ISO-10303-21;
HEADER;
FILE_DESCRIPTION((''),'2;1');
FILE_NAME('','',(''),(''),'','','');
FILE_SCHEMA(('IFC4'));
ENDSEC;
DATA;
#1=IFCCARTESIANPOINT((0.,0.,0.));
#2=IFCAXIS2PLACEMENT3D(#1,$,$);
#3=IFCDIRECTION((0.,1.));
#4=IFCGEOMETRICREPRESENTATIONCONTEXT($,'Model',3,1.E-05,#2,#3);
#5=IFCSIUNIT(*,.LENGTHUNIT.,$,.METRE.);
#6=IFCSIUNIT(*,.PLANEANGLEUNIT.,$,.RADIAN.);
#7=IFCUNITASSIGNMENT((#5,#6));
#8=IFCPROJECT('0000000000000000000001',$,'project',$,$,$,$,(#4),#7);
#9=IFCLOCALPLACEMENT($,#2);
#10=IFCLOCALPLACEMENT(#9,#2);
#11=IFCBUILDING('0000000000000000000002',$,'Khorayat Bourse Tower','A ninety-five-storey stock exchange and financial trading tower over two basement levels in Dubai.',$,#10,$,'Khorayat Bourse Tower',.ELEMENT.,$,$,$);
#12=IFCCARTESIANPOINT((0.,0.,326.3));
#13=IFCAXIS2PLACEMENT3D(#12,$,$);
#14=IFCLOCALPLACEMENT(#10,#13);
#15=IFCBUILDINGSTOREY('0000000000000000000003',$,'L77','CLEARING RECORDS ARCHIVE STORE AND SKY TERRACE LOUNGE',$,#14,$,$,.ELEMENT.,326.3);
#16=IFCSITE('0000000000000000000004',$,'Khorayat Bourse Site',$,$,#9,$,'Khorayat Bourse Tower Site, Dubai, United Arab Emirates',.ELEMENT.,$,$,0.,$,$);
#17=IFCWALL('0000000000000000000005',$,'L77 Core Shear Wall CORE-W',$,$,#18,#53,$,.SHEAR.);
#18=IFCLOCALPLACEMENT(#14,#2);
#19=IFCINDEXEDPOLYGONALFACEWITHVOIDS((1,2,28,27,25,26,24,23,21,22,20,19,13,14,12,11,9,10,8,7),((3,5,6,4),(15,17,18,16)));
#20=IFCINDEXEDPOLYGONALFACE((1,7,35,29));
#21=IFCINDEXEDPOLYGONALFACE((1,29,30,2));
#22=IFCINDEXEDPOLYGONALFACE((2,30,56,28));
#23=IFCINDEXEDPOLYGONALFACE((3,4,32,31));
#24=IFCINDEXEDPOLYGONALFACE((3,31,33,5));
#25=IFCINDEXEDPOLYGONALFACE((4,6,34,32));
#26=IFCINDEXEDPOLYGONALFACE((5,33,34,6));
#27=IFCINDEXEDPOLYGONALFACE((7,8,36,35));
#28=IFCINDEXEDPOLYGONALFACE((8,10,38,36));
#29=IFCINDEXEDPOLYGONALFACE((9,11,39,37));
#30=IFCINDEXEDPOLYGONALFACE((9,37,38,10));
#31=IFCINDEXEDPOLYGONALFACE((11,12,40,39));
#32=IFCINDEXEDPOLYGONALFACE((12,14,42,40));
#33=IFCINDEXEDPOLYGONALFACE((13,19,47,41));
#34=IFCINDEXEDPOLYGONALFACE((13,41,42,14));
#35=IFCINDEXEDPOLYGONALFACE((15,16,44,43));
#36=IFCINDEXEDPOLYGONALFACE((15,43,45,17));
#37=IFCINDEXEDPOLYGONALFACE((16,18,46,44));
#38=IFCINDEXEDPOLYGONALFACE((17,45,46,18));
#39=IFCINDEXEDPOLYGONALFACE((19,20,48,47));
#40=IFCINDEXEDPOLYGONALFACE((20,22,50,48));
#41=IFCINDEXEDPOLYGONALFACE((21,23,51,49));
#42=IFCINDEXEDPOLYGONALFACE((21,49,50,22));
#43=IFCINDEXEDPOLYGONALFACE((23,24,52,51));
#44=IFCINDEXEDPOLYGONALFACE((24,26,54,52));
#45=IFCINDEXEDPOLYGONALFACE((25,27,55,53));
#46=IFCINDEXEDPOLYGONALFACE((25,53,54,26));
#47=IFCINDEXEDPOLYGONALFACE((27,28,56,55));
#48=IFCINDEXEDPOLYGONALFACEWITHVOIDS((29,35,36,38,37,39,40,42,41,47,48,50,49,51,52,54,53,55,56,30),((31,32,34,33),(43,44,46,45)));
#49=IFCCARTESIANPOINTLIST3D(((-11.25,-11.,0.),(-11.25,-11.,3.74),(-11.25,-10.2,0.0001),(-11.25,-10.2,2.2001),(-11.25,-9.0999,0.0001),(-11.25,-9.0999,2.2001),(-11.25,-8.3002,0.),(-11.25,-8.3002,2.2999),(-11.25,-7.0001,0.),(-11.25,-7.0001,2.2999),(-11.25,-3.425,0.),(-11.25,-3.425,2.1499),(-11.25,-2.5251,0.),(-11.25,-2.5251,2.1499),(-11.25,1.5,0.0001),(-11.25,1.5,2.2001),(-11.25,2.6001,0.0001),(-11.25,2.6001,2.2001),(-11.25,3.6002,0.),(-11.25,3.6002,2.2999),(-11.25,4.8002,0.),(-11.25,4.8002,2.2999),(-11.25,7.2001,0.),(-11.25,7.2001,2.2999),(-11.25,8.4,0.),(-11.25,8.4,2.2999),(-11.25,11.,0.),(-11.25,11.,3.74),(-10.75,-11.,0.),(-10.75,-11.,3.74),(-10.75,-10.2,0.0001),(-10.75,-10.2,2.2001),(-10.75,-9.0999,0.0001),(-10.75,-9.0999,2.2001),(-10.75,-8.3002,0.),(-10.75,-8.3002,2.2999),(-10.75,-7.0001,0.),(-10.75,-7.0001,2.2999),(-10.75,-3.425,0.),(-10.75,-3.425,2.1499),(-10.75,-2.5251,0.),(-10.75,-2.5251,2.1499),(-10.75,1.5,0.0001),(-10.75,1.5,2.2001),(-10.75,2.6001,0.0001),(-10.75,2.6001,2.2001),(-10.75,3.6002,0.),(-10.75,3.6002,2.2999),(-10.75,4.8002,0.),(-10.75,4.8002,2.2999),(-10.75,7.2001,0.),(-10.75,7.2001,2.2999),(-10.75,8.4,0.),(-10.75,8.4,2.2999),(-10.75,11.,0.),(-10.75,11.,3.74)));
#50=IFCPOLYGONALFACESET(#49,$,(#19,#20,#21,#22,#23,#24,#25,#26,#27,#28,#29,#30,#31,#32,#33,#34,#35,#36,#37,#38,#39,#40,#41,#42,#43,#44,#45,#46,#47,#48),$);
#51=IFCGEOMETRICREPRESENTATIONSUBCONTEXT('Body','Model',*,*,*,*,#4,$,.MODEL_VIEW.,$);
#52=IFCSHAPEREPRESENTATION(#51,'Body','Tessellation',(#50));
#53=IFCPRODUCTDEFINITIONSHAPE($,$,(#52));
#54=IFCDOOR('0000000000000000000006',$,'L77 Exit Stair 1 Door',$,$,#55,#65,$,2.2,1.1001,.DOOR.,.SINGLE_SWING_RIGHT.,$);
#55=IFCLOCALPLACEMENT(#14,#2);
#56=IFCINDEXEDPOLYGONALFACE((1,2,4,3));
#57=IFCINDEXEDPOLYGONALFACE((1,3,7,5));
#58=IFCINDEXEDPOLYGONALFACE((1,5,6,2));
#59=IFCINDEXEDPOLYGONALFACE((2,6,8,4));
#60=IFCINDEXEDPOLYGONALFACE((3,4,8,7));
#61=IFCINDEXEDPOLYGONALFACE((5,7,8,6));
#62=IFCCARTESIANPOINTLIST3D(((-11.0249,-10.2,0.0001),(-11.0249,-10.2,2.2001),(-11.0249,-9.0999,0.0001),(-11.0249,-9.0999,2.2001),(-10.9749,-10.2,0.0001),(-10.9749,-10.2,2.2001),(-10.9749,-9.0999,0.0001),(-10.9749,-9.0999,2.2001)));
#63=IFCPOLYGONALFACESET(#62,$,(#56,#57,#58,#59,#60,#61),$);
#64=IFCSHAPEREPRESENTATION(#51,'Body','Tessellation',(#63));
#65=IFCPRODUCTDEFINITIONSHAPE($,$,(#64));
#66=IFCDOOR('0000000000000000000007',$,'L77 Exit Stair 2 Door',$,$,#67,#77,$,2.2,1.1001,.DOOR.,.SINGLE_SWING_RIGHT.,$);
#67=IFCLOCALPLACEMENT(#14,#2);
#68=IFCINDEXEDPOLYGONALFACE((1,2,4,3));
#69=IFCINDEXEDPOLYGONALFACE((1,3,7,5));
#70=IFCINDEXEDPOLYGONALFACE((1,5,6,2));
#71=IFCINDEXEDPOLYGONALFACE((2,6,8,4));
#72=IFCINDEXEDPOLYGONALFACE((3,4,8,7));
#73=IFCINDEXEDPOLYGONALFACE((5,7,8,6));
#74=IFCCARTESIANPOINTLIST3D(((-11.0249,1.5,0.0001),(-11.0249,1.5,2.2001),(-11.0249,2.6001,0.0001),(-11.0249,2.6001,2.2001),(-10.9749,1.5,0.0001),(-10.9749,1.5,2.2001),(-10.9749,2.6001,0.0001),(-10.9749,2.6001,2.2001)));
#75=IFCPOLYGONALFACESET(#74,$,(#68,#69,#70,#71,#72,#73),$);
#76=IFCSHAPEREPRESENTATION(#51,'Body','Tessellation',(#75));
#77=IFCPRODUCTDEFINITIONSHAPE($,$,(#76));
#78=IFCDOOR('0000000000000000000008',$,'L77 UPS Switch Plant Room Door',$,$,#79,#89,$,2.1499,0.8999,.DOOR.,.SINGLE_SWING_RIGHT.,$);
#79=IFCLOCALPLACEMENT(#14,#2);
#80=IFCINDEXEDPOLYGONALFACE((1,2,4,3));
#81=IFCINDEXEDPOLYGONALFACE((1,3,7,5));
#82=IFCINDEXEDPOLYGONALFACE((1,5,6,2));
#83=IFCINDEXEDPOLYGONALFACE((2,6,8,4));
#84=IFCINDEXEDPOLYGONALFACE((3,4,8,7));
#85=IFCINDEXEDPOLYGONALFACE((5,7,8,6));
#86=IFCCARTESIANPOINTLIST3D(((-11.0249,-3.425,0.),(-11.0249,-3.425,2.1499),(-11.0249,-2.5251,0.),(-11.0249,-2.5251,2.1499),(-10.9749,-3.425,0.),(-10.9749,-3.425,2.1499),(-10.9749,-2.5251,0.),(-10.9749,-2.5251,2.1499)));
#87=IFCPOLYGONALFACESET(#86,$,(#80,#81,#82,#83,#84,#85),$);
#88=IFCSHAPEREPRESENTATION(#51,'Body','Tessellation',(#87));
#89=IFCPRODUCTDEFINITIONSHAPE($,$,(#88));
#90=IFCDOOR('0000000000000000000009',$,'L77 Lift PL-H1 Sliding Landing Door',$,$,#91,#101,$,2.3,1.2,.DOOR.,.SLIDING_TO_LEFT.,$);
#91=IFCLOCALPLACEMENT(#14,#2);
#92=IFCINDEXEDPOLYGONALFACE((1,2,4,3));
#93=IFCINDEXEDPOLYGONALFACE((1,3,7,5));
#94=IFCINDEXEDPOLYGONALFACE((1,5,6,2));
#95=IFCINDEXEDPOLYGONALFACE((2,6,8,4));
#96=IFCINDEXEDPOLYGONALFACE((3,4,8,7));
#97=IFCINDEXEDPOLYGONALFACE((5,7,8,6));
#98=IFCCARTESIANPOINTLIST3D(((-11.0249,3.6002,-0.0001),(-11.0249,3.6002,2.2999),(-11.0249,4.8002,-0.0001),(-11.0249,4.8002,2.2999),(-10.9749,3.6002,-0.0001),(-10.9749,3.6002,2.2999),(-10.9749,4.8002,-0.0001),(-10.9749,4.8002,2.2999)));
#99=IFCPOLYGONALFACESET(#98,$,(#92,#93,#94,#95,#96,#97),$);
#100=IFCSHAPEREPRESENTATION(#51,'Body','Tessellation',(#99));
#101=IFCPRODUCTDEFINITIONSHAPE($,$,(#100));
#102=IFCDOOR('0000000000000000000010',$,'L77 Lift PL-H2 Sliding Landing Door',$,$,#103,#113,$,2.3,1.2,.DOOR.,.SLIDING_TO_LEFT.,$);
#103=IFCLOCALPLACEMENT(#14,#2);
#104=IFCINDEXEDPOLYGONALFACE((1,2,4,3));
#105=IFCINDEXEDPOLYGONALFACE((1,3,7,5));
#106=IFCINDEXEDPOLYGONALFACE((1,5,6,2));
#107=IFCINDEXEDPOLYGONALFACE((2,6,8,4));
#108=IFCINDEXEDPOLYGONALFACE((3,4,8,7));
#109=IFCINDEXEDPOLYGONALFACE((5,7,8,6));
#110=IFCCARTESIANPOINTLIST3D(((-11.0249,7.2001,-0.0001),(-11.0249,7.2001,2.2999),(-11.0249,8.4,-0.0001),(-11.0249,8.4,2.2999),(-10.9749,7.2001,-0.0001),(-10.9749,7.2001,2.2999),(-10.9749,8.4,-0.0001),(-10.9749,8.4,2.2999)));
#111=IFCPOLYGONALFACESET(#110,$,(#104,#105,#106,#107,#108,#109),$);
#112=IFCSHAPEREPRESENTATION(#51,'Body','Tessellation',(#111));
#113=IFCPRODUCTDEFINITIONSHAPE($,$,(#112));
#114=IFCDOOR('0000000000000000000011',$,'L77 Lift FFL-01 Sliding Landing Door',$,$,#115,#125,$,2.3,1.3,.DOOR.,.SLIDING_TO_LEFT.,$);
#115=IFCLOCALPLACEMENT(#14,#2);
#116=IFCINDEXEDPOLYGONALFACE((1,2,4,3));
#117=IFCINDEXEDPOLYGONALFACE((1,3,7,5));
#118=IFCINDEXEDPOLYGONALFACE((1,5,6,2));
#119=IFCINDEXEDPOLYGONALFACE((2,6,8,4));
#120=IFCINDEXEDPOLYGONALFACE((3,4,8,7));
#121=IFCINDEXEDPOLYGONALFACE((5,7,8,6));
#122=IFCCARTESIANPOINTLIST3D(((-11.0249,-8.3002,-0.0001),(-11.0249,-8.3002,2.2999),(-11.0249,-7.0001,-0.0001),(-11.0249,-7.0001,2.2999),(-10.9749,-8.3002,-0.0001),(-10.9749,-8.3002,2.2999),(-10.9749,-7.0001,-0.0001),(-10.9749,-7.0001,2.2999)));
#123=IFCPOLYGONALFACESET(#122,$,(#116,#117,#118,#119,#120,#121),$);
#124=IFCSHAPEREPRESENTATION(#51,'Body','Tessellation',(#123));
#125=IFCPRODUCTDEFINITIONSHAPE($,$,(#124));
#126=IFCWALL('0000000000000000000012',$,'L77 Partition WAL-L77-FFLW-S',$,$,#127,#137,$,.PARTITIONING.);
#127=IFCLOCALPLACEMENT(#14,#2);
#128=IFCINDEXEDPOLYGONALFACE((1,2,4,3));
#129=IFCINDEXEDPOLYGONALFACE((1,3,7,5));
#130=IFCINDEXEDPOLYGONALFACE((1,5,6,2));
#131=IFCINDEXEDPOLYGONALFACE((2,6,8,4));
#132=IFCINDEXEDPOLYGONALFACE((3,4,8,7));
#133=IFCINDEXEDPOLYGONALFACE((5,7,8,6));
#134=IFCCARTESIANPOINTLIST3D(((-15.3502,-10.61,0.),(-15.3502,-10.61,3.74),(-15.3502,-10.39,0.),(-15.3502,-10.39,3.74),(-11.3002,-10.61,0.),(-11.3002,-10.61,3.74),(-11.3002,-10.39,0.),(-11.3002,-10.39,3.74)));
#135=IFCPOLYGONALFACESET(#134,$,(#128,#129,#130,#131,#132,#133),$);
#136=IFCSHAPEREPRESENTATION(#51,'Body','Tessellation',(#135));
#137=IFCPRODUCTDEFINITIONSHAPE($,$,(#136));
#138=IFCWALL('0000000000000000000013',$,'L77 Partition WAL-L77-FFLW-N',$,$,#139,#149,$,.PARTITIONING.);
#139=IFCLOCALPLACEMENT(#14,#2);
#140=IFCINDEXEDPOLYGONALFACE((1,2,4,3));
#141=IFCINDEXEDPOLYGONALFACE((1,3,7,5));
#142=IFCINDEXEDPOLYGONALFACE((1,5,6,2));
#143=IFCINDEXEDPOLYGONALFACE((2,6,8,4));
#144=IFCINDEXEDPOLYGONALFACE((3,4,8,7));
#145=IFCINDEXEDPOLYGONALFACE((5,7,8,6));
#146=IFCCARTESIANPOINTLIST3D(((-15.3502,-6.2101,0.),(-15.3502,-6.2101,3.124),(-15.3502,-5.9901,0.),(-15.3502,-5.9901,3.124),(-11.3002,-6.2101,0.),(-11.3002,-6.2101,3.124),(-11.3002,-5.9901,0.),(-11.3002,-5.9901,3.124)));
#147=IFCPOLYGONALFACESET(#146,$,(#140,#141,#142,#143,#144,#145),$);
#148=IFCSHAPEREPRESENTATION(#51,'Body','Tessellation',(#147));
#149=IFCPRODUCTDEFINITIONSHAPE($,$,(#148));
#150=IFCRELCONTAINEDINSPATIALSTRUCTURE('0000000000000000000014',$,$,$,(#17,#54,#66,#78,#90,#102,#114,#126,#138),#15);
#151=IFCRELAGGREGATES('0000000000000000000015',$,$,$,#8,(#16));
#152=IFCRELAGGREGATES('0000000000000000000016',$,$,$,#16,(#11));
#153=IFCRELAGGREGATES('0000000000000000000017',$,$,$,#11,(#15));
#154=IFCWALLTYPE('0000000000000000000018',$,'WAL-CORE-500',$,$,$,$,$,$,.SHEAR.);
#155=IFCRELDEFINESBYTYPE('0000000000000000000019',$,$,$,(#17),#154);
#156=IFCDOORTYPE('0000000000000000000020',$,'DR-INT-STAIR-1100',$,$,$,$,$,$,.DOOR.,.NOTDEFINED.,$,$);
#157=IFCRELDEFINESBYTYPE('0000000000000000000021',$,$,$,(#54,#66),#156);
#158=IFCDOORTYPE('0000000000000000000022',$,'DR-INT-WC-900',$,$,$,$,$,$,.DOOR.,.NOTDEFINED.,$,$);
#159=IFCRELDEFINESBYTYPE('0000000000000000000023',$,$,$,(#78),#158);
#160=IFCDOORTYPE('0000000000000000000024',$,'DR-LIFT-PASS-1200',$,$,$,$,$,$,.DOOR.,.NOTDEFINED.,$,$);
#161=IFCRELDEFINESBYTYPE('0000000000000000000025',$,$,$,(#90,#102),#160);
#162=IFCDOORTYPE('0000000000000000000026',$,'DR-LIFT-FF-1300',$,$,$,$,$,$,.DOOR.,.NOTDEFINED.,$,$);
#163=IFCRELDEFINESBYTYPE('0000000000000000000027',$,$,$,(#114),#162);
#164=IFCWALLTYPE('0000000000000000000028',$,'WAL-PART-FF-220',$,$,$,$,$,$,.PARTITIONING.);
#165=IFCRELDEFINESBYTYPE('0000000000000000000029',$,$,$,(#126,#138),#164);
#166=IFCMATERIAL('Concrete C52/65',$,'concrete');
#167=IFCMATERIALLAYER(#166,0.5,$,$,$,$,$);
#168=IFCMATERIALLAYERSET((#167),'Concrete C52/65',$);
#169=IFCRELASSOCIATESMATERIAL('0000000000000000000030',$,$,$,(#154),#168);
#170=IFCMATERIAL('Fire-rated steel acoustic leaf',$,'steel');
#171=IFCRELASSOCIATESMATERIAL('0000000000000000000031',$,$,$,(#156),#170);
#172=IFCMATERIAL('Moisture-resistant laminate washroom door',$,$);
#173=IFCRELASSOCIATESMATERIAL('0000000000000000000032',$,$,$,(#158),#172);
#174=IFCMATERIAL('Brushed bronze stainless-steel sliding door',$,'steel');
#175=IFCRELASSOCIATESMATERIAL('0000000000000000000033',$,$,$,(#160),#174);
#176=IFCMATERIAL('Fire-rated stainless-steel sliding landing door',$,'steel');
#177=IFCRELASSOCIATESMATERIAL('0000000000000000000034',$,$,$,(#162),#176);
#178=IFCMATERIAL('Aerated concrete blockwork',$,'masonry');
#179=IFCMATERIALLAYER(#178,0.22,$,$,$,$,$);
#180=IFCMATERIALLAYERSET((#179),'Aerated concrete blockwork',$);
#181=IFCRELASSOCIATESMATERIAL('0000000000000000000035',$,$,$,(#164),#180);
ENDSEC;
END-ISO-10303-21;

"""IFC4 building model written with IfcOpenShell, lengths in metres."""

from ifc_helpers import new_model, si_unit, direction, frame, frame_2d, origin, place, context, subcontext, project, spatial, rectangle, extrude, source, transform, mapped, material, layer, layer_set, type_object, element, fill, save


model = new_model("IFC4")

# Units and contexts
model_context = context("Model", 3, precision=1e-05, world=origin(), true_north=direction((0.0, 1.0)))
body_context = subcontext(model_context, "Body", "Model", "MODEL_VIEW")
ifc_project = project(units=[si_unit("LENGTHUNIT", "METRE"), si_unit("PLANEANGLEUNIT", "RADIAN")], contexts=[model_context])

# Site, building, storey
site_placement = place(None, origin())
site = spatial("IfcSite", under=ifc_project, at=site_placement, Name="Khorayat Bourse Site", LongName="Khorayat Bourse Tower Site, Dubai, United Arab Emirates", CompositionType="ELEMENT", RefElevation=0.0)
building_placement = place(site_placement, origin())
building = spatial("IfcBuilding", under=site, at=building_placement, Name="Khorayat Bourse Tower", Description="A ninety-five-storey stock exchange and financial trading tower over two basement levels in Dubai.", LongName="Khorayat Bourse Tower", CompositionType="ELEMENT")
storey_placement = place(building_placement, frame((0.0, 0.0, 326.3)))
storey = spatial("IfcBuildingStorey", under=building, at=storey_placement, Name="L77", Description="CLEARING RECORDS ARCHIVE STORE AND SKY TERRACE LOUNGE", CompositionType="ELEMENT", Elevation=326.3)

# Shared definitions
ifc_material_1 = material(Name="Concrete C52/65", Category="concrete")

# Wall, openings, doors
ifc_layer_1 = layer(ifc_material_1, 0.5)
ifc_layer_set_1 = layer_set([ifc_layer_1], Name="Concrete C52/65")
wall_type_1 = type_object("IfcWallType", Name="WAL-CORE-500", PredefinedType="SHEAR", material=ifc_layer_set_1)
shared_shape_1 = source(origin(), body_context, "Body", "SweptSolid", [
    extrude(rectangle(XDim=22.0, YDim=0.5, at=frame_2d((11.0, 0.0))), origin(), (0.0, 0.0, 1.0), 3.74),
])
wall_1_placement = place(storey_placement, frame((-11.0, -11.0, 0.0), z_axis=(0.0, 0.0, 1.0), x_axis=(0.0, 1.0, 0.0)))
wall_1 = element("IfcWall", 1, at=wall_1_placement, inside=storey, type_object=wall_type_1, Name="L77 Core Shear Wall CORE-W", PredefinedType="SHEAR", context=body_context, shape_type="MappedRepresentation", body=[
    mapped(shared_shape_1, transform((0.0, 0.0, 0.0), scale=1.0)),
])
shared_shape_2 = source(origin(), body_context, "Body", "SweptSolid", [
    extrude(rectangle(XDim=1.1001, YDim=2.2, at=frame_2d((0.55, 1.1001))), frame((0.0, 0.26, 0.0), z_axis=(0.0, -1.0, 0.0), x_axis=(1.0, 0.0, 0.0)), (0.0, 0.0, 1.0), 0.52),
])
opening_1_placement = place(wall_1_placement, frame((0.8, 0.0, 0.0)))
opening_1 = element("IfcOpeningElement", 2, at=opening_1_placement, cuts=wall_1, PredefinedType="OPENING", context=body_context, shape_type="MappedRepresentation", body=[
    mapped(shared_shape_2, transform((0.0, 0.0, 0.0), scale=1.0)),
])
opening_2_placement = place(wall_1_placement, frame((12.5, 0.0, 0.0)))
opening_2 = element("IfcOpeningElement", 3, at=opening_2_placement, cuts=wall_1, PredefinedType="OPENING", context=body_context, shape_type="MappedRepresentation", body=[
    mapped(shared_shape_2, transform((0.0, 0.0, 0.0), scale=1.0)),
])
shared_shape_3 = source(origin(), body_context, "Body", "SweptSolid", [
    extrude(rectangle(XDim=0.8999, YDim=2.1499, at=frame_2d((0.45, 1.075))), frame((0.0, 0.26, 0.0), z_axis=(0.0, -1.0, 0.0), x_axis=(1.0, 0.0, 0.0)), (0.0, 0.0, 1.0), 0.52),
])
opening_3_placement = place(wall_1_placement, frame((7.575, 0.0, 0.0)))
opening_3 = element("IfcOpeningElement", 4, at=opening_3_placement, cuts=wall_1, PredefinedType="OPENING", context=body_context, shape_type="MappedRepresentation", body=[
    mapped(shared_shape_3, transform((0.0, 0.0, 0.0), scale=1.0)),
])
shared_shape_4 = source(origin(), body_context, "Body", "SweptSolid", [
    extrude(rectangle(XDim=1.2, YDim=2.3, at=frame_2d((0.6001, 1.1499))), frame((0.0, 0.26, 0.0), z_axis=(0.0, -1.0, 0.0), x_axis=(1.0, 0.0, 0.0)), (0.0, 0.0, 1.0), 0.52),
])
opening_4_placement = place(wall_1_placement, frame((14.6001, 0.0, 0.0)))
opening_4 = element("IfcOpeningElement", 5, at=opening_4_placement, cuts=wall_1, PredefinedType="OPENING", context=body_context, shape_type="MappedRepresentation", body=[
    mapped(shared_shape_4, transform((0.0, 0.0, 0.0), scale=1.0)),
])
opening_5_placement = place(wall_1_placement, frame((18.2, 0.0, 0.0)))
opening_5 = element("IfcOpeningElement", 6, at=opening_5_placement, cuts=wall_1, PredefinedType="OPENING", context=body_context, shape_type="MappedRepresentation", body=[
    mapped(shared_shape_4, transform((0.0, 0.0, 0.0), scale=1.0)),
])
shared_shape_5 = source(origin(), body_context, "Body", "SweptSolid", [
    extrude(rectangle(XDim=1.3, YDim=2.3, at=frame_2d((0.6499, 1.1499))), frame((0.0, 0.26, 0.0), z_axis=(0.0, -1.0, 0.0), x_axis=(1.0, 0.0, 0.0)), (0.0, 0.0, 1.0), 0.52),
])
opening_6_placement = place(wall_1_placement, frame((2.7, 0.0, 0.0)))
opening_6 = element("IfcOpeningElement", 7, at=opening_6_placement, cuts=wall_1, PredefinedType="OPENING", context=body_context, shape_type="MappedRepresentation", body=[
    mapped(shared_shape_5, transform((0.0, 0.0, 0.0), scale=1.0)),
])
ifc_material_2 = material(Name="Fire-rated steel acoustic leaf", Category="steel")
door_type_1 = type_object("IfcDoorType", Name="DR-INT-STAIR-1100", OperationType="NOTDEFINED", PredefinedType="DOOR", material=ifc_material_2)
shared_shape_6 = source(origin(), body_context, "Body", "SweptSolid", [
    extrude(rectangle(XDim=1.1001, YDim=2.2, at=frame_2d((0.55, 1.1001))), frame((0.0, 0.0249, 0.0), z_axis=(0.0, -1.0, 0.0), x_axis=(1.0, 0.0, 0.0)), (0.0, 0.0, 1.0), 0.05),
])
door_1_placement = place(opening_1_placement, origin())
door_1 = element("IfcDoor", 8, at=door_1_placement, inside=storey, type_object=door_type_1, Name="L77 Exit Stair 1 Door", OperationType="SINGLE_SWING_RIGHT", OverallHeight=2.2, OverallWidth=1.1001, PredefinedType="DOOR", context=body_context, shape_type="MappedRepresentation", body=[
    mapped(shared_shape_6, transform((0.0, 0.0, 0.0), scale=1.0)),
])
fill(opening_1, door_1)
door_2_placement = place(opening_2_placement, origin())
door_2 = element("IfcDoor", 9, at=door_2_placement, inside=storey, type_object=door_type_1, Name="L77 Exit Stair 2 Door", OperationType="SINGLE_SWING_RIGHT", OverallHeight=2.2, OverallWidth=1.1001, PredefinedType="DOOR", context=body_context, shape_type="MappedRepresentation", body=[
    mapped(shared_shape_6, transform((0.0, 0.0, 0.0), scale=1.0)),
])
fill(opening_2, door_2)
ifc_material_3 = material(Name="Moisture-resistant laminate washroom door")
door_type_2 = type_object("IfcDoorType", Name="DR-INT-WC-900", OperationType="NOTDEFINED", PredefinedType="DOOR", material=ifc_material_3)
shared_shape_7 = source(origin(), body_context, "Body", "SweptSolid", [
    extrude(rectangle(XDim=0.8999, YDim=2.1499, at=frame_2d((0.45, 1.075))), frame((0.0, 0.0249, 0.0), z_axis=(0.0, -1.0, 0.0), x_axis=(1.0, 0.0, 0.0)), (0.0, 0.0, 1.0), 0.05),
])
door_3_placement = place(opening_3_placement, origin())
door_3 = element("IfcDoor", 10, at=door_3_placement, inside=storey, type_object=door_type_2, Name="L77 UPS Switch Plant Room Door", OperationType="SINGLE_SWING_RIGHT", OverallHeight=2.1499, OverallWidth=0.8999, PredefinedType="DOOR", context=body_context, shape_type="MappedRepresentation", body=[
    mapped(shared_shape_7, transform((0.0, 0.0, 0.0), scale=1.0)),
])
fill(opening_3, door_3)
ifc_material_4 = material(Name="Brushed bronze stainless-steel sliding door", Category="steel")
door_type_3 = type_object("IfcDoorType", Name="DR-LIFT-PASS-1200", OperationType="NOTDEFINED", PredefinedType="DOOR", material=ifc_material_4)
shared_shape_8 = source(origin(), body_context, "Body", "SweptSolid", [
    extrude(rectangle(XDim=1.2, YDim=2.3, at=frame_2d((0.6001, 1.1499))), frame((0.0, 0.0249, 0.0), z_axis=(0.0, -1.0, 0.0), x_axis=(1.0, 0.0, 0.0)), (0.0, 0.0, 1.0), 0.05),
])
door_4_placement = place(opening_4_placement, origin())
door_4 = element("IfcDoor", 11, at=door_4_placement, inside=storey, type_object=door_type_3, Name="L77 Lift PL-H1 Sliding Landing Door", OperationType="SLIDING_TO_LEFT", OverallHeight=2.3, OverallWidth=1.2, PredefinedType="DOOR", context=body_context, shape_type="MappedRepresentation", body=[
    mapped(shared_shape_8, transform((0.0, 0.0, 0.0), scale=1.0)),
])
fill(opening_4, door_4)
door_5_placement = place(opening_5_placement, origin())
door_5 = element("IfcDoor", 12, at=door_5_placement, inside=storey, type_object=door_type_3, Name="L77 Lift PL-H2 Sliding Landing Door", OperationType="SLIDING_TO_LEFT", OverallHeight=2.3, OverallWidth=1.2, PredefinedType="DOOR", context=body_context, shape_type="MappedRepresentation", body=[
    mapped(shared_shape_8, transform((0.0, 0.0, 0.0), scale=1.0)),
])
fill(opening_5, door_5)
ifc_material_5 = material(Name="Fire-rated stainless-steel sliding landing door", Category="steel")
door_type_4 = type_object("IfcDoorType", Name="DR-LIFT-FF-1300", OperationType="NOTDEFINED", PredefinedType="DOOR", material=ifc_material_5)
shared_shape_9 = source(origin(), body_context, "Body", "SweptSolid", [
    extrude(rectangle(XDim=1.3, YDim=2.3, at=frame_2d((0.6499, 1.1499))), frame((0.0, 0.0249, 0.0), z_axis=(0.0, -1.0, 0.0), x_axis=(1.0, 0.0, 0.0)), (0.0, 0.0, 1.0), 0.05),
])
door_6_placement = place(opening_6_placement, origin())
door_6 = element("IfcDoor", 13, at=door_6_placement, inside=storey, type_object=door_type_4, Name="L77 Lift FFL-01 Sliding Landing Door", OperationType="SLIDING_TO_LEFT", OverallHeight=2.3, OverallWidth=1.3, PredefinedType="DOOR", context=body_context, shape_type="MappedRepresentation", body=[
    mapped(shared_shape_9, transform((0.0, 0.0, 0.0), scale=1.0)),
])
fill(opening_6, door_6)

# Walls
ifc_material_6 = material(Name="Aerated concrete blockwork", Category="masonry")
ifc_layer_2 = layer(ifc_material_6, 0.22)
ifc_layer_set_2 = layer_set([ifc_layer_2], Name="Aerated concrete blockwork")
wall_type_2 = type_object("IfcWallType", Name="WAL-PART-FF-220", PredefinedType="PARTITIONING", material=ifc_layer_set_2)
shared_shape_10 = source(origin(), body_context, "Body", "SweptSolid", [
    extrude(rectangle(XDim=4.05, YDim=0.22, at=frame_2d((2.0249, 0.0))), origin(), (0.0, 0.0, 1.0), 3.74),
])
wall_2_placement = place(storey_placement, frame((-15.3501, -10.5, 0.0), z_axis=(0.0, 0.0, 1.0), x_axis=(1.0, 0.0, 0.0)))
element("IfcWall", 14, at=wall_2_placement, inside=storey, type_object=wall_type_2, Name="L77 Partition WAL-L77-FFLW-S", PredefinedType="PARTITIONING", context=body_context, shape_type="MappedRepresentation", body=[
    mapped(shared_shape_10, transform((0.0, 0.0, 0.0), scale=1.0)),
])
shared_shape_11 = source(origin(), body_context, "Body", "SweptSolid", [
    extrude(rectangle(XDim=4.05, YDim=0.22, at=frame_2d((2.0249, 0.0))), origin(), (0.0, 0.0, 1.0), 3.124),
])
wall_3_placement = place(storey_placement, frame((-15.3501, -6.1001, 0.0), z_axis=(0.0, 0.0, 1.0), x_axis=(1.0, 0.0, 0.0)))
element("IfcWall", 15, at=wall_3_placement, inside=storey, type_object=wall_type_2, Name="L77 Partition WAL-L77-FFLW-N", PredefinedType="PARTITIONING", context=body_context, shape_type="MappedRepresentation", body=[
    mapped(shared_shape_11, transform((0.0, 0.0, 0.0), scale=1.0)),
])

save(model, "model.ifc")
